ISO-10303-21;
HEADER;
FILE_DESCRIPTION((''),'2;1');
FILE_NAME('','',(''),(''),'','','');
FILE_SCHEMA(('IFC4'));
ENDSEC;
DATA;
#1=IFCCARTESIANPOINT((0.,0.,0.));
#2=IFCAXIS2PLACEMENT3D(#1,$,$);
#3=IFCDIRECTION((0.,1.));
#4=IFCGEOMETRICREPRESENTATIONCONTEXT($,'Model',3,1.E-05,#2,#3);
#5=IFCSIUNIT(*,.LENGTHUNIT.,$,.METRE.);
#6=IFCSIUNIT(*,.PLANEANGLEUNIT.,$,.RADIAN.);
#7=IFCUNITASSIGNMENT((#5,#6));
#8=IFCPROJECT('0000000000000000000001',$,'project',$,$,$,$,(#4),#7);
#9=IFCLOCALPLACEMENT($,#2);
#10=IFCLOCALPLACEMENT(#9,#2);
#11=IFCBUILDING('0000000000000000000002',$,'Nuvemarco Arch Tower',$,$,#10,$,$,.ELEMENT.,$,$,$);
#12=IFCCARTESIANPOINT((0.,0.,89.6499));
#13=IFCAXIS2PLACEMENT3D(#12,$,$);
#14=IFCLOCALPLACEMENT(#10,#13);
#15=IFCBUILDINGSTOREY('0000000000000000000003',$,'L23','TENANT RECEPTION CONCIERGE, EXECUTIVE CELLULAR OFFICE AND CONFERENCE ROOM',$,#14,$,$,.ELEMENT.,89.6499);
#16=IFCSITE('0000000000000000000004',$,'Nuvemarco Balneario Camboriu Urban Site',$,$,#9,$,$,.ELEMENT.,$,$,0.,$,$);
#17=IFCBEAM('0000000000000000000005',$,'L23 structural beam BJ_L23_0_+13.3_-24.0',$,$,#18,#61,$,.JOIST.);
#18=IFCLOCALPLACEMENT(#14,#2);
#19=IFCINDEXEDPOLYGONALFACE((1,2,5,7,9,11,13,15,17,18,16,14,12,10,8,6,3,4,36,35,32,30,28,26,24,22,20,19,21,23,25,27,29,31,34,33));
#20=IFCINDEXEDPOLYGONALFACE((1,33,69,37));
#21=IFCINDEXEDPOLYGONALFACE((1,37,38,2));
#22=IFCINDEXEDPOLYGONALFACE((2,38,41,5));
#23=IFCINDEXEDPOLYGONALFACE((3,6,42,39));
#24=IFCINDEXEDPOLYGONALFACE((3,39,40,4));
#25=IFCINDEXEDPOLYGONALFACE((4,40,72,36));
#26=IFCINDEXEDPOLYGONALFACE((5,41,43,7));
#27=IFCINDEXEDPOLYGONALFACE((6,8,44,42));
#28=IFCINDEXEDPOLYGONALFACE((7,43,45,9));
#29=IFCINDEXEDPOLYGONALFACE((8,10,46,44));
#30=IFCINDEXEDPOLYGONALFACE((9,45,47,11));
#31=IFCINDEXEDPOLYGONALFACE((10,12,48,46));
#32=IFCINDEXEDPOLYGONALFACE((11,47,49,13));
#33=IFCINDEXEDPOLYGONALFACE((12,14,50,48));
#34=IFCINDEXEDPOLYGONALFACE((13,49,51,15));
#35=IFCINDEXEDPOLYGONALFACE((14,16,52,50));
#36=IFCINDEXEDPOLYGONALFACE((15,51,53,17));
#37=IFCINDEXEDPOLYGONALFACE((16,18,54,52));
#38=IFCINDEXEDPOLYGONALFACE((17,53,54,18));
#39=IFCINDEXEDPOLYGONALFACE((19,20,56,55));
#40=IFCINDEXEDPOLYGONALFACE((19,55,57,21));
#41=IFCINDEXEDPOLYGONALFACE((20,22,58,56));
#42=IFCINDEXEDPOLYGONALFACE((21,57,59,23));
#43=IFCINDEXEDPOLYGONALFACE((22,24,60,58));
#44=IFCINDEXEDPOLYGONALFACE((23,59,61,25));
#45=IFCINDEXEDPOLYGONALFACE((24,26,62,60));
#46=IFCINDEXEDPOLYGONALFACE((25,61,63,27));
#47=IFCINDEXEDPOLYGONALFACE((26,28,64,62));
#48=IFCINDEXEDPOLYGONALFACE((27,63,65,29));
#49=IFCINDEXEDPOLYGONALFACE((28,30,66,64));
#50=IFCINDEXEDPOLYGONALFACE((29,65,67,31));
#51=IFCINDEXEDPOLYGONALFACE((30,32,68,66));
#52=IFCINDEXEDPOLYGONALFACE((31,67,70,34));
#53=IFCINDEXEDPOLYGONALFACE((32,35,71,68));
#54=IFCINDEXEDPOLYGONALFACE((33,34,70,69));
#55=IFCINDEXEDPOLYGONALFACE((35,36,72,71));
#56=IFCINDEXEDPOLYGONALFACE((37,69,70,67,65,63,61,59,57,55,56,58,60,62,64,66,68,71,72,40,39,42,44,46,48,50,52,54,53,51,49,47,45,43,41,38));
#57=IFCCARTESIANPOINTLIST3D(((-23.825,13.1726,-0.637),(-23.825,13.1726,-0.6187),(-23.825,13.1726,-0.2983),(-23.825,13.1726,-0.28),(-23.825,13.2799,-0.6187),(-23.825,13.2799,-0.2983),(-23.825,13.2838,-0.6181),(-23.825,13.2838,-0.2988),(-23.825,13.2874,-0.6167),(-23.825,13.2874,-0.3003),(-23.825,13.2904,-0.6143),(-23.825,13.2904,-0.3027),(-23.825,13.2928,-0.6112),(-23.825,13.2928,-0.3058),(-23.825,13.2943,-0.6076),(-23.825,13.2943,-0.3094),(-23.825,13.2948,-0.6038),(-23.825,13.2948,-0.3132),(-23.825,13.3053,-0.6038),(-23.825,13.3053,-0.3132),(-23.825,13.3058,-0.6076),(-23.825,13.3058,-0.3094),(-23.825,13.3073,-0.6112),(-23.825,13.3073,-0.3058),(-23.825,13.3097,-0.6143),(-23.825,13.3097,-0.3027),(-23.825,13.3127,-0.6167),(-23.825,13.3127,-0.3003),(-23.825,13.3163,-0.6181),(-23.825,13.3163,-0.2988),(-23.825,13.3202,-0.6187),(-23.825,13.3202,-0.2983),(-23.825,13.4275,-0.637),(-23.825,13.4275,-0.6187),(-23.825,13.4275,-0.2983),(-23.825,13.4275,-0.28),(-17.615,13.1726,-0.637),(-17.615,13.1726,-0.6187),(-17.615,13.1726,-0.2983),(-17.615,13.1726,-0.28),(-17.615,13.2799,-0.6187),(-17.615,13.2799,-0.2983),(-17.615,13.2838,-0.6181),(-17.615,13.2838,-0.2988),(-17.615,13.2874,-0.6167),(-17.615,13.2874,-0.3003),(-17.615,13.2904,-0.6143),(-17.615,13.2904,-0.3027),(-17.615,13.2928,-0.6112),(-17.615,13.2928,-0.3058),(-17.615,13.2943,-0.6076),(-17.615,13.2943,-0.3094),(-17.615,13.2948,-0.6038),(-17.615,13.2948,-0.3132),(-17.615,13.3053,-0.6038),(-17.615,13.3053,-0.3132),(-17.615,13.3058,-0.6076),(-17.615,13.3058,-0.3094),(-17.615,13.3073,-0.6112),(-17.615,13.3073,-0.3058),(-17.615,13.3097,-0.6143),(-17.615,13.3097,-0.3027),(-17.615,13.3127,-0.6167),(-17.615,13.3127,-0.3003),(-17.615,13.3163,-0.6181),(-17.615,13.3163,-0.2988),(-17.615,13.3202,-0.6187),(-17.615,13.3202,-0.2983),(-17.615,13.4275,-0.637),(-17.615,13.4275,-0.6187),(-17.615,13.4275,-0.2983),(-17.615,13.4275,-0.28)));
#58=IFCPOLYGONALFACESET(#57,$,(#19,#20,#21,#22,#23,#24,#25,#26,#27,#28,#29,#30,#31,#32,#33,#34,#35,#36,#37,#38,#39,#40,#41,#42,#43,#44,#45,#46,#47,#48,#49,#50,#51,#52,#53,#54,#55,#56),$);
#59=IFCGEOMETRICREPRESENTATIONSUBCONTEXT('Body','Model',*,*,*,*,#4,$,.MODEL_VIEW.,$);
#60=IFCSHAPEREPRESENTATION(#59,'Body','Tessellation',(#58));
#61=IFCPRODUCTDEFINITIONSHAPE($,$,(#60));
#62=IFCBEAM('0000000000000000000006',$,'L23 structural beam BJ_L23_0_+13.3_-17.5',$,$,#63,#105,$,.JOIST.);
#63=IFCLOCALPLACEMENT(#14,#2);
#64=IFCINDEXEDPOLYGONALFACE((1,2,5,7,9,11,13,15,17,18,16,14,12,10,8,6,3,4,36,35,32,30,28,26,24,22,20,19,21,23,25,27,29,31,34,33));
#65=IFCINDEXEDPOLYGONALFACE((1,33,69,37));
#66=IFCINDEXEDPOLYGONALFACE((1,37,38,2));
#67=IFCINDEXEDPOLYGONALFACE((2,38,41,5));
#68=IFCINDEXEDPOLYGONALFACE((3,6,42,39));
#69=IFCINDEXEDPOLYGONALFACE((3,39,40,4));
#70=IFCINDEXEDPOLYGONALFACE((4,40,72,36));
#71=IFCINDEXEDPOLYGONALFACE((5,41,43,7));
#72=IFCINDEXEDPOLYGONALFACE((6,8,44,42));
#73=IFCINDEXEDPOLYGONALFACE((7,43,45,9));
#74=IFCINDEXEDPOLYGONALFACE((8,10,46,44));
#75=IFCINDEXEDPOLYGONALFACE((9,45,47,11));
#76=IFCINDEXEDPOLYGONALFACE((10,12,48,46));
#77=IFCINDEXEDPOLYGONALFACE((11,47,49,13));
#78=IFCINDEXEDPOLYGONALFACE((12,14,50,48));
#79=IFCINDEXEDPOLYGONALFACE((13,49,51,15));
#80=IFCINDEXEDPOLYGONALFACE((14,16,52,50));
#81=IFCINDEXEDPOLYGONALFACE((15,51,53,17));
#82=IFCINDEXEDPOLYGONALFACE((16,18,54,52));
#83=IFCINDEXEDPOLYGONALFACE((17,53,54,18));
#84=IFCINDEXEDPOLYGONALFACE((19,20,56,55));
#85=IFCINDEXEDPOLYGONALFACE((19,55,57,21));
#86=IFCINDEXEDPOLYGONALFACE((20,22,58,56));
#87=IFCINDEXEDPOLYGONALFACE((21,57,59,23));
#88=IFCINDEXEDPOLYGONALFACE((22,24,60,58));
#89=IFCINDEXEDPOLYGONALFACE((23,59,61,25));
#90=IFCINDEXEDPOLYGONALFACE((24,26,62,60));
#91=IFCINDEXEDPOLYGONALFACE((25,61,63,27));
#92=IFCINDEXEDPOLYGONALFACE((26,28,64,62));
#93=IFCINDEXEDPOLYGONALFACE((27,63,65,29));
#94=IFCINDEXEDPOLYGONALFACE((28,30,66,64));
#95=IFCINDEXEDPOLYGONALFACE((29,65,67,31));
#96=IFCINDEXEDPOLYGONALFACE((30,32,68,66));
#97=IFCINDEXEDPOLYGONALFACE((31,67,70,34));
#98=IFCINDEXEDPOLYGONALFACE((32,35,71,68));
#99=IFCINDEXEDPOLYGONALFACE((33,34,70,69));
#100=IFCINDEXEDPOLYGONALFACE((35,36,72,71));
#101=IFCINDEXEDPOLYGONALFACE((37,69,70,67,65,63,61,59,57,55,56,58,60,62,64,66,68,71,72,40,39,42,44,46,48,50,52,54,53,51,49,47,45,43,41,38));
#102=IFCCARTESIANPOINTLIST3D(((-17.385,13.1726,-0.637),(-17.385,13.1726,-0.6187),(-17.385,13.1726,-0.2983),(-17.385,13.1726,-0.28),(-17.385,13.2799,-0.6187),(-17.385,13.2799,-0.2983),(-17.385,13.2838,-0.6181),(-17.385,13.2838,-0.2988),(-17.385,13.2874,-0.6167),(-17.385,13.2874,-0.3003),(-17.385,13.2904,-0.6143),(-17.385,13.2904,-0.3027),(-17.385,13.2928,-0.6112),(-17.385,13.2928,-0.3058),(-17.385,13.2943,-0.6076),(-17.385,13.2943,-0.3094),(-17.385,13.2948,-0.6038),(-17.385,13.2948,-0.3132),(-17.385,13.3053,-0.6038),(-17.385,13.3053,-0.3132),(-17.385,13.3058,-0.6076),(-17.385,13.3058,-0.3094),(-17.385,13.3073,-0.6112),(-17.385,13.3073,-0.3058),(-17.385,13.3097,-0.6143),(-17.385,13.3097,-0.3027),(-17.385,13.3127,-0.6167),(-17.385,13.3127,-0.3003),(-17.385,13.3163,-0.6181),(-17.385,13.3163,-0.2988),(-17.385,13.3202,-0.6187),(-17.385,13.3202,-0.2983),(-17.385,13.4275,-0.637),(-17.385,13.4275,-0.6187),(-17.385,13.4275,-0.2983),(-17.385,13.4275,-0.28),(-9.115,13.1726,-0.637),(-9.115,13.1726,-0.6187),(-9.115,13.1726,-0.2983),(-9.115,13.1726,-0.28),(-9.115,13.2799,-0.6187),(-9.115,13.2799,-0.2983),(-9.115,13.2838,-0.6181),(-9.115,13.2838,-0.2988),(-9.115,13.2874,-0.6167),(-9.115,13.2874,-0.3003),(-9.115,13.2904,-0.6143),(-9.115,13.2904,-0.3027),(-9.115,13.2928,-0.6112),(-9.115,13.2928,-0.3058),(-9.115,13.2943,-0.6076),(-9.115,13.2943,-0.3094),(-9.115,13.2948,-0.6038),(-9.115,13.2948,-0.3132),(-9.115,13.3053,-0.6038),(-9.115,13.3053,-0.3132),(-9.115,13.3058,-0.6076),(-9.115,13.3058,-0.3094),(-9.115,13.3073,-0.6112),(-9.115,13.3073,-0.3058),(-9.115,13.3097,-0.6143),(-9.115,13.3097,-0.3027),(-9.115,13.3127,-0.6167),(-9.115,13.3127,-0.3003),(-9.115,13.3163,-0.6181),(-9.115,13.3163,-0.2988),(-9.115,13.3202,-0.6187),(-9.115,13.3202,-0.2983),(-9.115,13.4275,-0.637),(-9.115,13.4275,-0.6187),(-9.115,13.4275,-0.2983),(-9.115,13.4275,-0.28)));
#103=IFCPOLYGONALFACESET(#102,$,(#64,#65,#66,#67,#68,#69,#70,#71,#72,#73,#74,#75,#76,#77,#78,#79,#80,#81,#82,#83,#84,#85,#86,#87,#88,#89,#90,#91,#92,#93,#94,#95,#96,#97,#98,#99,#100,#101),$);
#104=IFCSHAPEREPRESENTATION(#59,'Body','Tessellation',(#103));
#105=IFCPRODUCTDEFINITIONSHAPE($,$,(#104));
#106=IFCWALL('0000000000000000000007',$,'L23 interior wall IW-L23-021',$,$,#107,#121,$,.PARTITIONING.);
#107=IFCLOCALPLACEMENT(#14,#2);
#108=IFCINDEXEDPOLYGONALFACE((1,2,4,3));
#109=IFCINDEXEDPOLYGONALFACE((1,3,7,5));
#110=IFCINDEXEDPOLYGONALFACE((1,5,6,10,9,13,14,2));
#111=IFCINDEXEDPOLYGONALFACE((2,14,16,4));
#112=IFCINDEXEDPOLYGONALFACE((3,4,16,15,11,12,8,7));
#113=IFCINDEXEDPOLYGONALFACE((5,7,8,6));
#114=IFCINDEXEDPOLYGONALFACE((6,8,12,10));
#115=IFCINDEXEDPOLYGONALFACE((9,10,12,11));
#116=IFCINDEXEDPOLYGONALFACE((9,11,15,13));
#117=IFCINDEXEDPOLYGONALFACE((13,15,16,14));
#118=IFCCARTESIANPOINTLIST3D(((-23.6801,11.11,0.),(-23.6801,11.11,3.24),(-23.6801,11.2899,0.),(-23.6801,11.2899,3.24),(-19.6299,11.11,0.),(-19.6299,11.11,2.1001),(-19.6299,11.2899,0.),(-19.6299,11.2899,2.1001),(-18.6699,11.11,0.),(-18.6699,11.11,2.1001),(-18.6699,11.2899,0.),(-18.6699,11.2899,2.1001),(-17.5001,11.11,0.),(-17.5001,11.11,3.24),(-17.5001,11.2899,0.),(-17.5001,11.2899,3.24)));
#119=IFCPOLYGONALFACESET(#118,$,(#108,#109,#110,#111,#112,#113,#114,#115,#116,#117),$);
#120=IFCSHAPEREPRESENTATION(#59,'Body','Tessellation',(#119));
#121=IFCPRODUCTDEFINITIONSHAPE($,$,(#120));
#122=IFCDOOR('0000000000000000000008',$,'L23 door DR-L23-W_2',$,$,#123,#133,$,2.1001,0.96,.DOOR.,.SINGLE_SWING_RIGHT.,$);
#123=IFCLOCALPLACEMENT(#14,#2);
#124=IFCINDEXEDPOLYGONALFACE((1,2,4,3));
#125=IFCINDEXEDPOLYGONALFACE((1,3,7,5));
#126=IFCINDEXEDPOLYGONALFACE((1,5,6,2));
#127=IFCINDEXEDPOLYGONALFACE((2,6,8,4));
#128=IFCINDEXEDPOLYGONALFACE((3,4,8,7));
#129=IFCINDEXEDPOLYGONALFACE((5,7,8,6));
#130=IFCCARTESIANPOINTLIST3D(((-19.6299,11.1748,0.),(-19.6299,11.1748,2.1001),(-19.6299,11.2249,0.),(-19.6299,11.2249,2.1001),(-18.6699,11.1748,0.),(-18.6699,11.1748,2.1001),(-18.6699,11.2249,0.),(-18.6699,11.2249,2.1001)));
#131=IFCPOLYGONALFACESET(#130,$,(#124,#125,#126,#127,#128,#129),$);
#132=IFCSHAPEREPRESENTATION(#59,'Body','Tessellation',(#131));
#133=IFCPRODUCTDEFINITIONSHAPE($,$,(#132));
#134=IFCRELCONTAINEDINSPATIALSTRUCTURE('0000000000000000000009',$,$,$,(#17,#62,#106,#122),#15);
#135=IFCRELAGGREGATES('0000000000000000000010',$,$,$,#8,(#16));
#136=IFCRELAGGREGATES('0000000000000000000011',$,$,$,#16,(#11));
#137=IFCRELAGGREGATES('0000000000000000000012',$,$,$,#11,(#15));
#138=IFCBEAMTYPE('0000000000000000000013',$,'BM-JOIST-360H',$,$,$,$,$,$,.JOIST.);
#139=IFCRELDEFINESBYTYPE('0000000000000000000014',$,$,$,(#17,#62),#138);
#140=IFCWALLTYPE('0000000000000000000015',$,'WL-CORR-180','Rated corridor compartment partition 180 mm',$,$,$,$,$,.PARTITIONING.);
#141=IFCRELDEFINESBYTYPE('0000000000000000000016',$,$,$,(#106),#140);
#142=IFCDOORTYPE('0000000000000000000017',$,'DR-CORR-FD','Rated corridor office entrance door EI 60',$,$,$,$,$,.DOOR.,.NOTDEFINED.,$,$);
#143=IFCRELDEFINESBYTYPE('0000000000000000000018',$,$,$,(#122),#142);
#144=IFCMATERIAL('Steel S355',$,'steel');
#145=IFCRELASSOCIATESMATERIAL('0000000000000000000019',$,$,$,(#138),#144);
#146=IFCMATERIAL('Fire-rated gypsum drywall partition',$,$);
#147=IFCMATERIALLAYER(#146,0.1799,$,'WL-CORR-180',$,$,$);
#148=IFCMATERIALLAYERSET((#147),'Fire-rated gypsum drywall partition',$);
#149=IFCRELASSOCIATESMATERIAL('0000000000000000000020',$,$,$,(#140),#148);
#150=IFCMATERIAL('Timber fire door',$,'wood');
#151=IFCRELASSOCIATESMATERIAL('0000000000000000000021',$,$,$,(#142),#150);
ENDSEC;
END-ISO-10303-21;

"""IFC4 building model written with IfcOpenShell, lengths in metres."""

from ifc_helpers import new_model, si_unit, direction, frame, frame_2d, origin, origin_2d, place, context, subcontext, project, spatial, rectangle, i_section, extrude, source, transform, mapped, material, layer, layer_set, material_profile, profile_set, type_object, type_shapes, element, fill, save


model = new_model("IFC4")

# Units and contexts
model_context = context("Model", 3, precision=1e-05, world=origin(), true_north=direction((0.0, 1.0)))
body_context = subcontext(model_context, "Body", "Model", "MODEL_VIEW")
ifc_project = project(units=[si_unit("LENGTHUNIT", "METRE"), si_unit("PLANEANGLEUNIT", "RADIAN")], contexts=[model_context])

# Site, building, storey
site_placement = place(None, origin())
site = spatial("IfcSite", under=ifc_project, at=site_placement, Name="Nuvemarco Balneario Camboriu Urban Site", CompositionType="ELEMENT", RefElevation=0.0)
building_placement = place(site_placement, origin())
building = spatial("IfcBuilding", under=site, at=building_placement, Name="Nuvemarco Arch Tower", CompositionType="ELEMENT")
storey_placement = place(building_placement, frame((0.0, 0.0, 89.6499)))
storey = spatial("IfcBuildingStorey", under=building, at=storey_placement, Name="L23", Description="TENANT RECEPTION CONCIERGE, EXECUTIVE CELLULAR OFFICE AND CONFERENCE ROOM", CompositionType="ELEMENT", Elevation=89.6499)

# Beams
ifc_material_1 = material(Name="Steel S355", Category="steel")
ifc_material_profile = material_profile(ifc_material_1, i_section(OverallWidth=0.2549, OverallDepth=0.3569, WebThickness=0.0105, FlangeThickness=0.0183, FilletRadius=0.0149, at=origin_2d()), Name="W360x101")
ifc_profile_set = profile_set([ifc_material_profile], Name="Steel S355")
beam_type = type_object("IfcBeamType", Name="BM-JOIST-360H", PredefinedType="JOIST", material=ifc_profile_set)
beam_1_placement = place(storey_placement, frame((-23.825, 13.3, -0.4585), z_axis=(1.0, 0.0, 0.0), x_axis=(0.0, 1.0, 0.0)))
element("IfcBeam", 1, at=beam_1_placement, inside=storey, type_object=beam_type, Name="L23 structural beam BJ_L23_0_+13.3_-24.0", PredefinedType="JOIST", context=body_context, shape_type="SweptSolid", body=[
    extrude(i_section(OverallWidth=0.2549, OverallDepth=0.3569, WebThickness=0.0105, FlangeThickness=0.0183, FilletRadius=0.0149, at=origin_2d()), origin(), (0.0, 0.0, 1.0), 6.21),
])
beam_2_placement = place(storey_placement, frame((-17.385, 13.3, -0.4585), z_axis=(1.0, 0.0, 0.0), x_axis=(0.0, 1.0, 0.0)))
element("IfcBeam", 2, at=beam_2_placement, inside=storey, type_object=beam_type, Name="L23 structural beam BJ_L23_0_+13.3_-17.5", PredefinedType="JOIST", context=body_context, shape_type="SweptSolid", body=[
    extrude(i_section(OverallWidth=0.2549, OverallDepth=0.3569, WebThickness=0.0105, FlangeThickness=0.0183, FilletRadius=0.0149, at=origin_2d()), origin(), (0.0, 0.0, 1.0), 8.27),
])

# Wall, opening, door
ifc_material_2 = material(Name="Fire-rated gypsum drywall partition")
ifc_layer_1 = layer(ifc_material_2, 0.1799, Name="WL-CORR-180")
ifc_layer_set_1 = layer_set([ifc_layer_1], Name="Fire-rated gypsum drywall partition")
wall_type_1 = type_object("IfcWallType", Name="WL-CORR-180", Description="Rated corridor compartment partition 180 mm", PredefinedType="PARTITIONING", material=ifc_layer_set_1)
wall_1_placement = place(storey_placement, frame((-23.6799, 11.2, 0.0), z_axis=(0.0, 0.0, 1.0), x_axis=(1.0, 0.0, 0.0)))
wall_1 = element("IfcWall", 3, at=wall_1_placement, inside=storey, type_object=wall_type_1, Name="L23 interior wall IW-L23-021", PredefinedType="PARTITIONING", context=body_context, shape_type="SweptSolid", body=[
    extrude(rectangle(XDim=6.1799, YDim=0.1799, at=frame_2d((3.0898, 0.0))), origin(), (0.0, 0.0, 1.0), 3.24),
])
opening_1_placement = place(wall_1_placement, frame((4.05, 0.0, 0.0)))
opening_1 = element("IfcOpeningElement", 4, at=opening_1_placement, cuts=wall_1, PredefinedType="OPENING", context=body_context, shape_type="SweptSolid", body=[
    extrude(rectangle(XDim=0.96, YDim=2.1001, at=frame_2d((0.48, 1.05))), frame((0.0, 0.0999, 0.0), z_axis=(0.0, -1.0, 0.0), x_axis=(1.0, 0.0, 0.0)), (0.0, 0.0, 1.0), 0.2),
])
ifc_material_3 = material(Name="Timber fire door", Category="wood")
door_type = type_object("IfcDoorType", Name="DR-CORR-FD", Description="Rated corridor office entrance door EI 60", OperationType="NOTDEFINED", PredefinedType="DOOR", material=ifc_material_3)
shared_shape_1 = source(origin(), body_context, "Body", "SweptSolid", [
    extrude(rectangle(XDim=0.96, YDim=2.1001, at=frame_2d((0.48, 1.05))), frame((0.0, 0.0249, 0.0), z_axis=(0.0, -1.0, 0.0), x_axis=(1.0, 0.0, 0.0)), (0.0, 0.0, 1.0), 0.05),
])
type_shapes(door_type, [shared_shape_1])
door_1_placement = place(opening_1_placement, origin())
door_1 = element("IfcDoor", 5, at=door_1_placement, inside=storey, type_object=door_type, Name="L23 door DR-L23-W_2", OperationType="SINGLE_SWING_RIGHT", OverallHeight=2.1001, OverallWidth=0.96, PredefinedType="DOOR", context=body_context, shape_type="MappedRepresentation", body=[
    mapped(shared_shape_1, transform((0.0, 0.0, 0.0), scale=1.0)),
])
fill(opening_1, door_1)

save(model, "model.ifc")
